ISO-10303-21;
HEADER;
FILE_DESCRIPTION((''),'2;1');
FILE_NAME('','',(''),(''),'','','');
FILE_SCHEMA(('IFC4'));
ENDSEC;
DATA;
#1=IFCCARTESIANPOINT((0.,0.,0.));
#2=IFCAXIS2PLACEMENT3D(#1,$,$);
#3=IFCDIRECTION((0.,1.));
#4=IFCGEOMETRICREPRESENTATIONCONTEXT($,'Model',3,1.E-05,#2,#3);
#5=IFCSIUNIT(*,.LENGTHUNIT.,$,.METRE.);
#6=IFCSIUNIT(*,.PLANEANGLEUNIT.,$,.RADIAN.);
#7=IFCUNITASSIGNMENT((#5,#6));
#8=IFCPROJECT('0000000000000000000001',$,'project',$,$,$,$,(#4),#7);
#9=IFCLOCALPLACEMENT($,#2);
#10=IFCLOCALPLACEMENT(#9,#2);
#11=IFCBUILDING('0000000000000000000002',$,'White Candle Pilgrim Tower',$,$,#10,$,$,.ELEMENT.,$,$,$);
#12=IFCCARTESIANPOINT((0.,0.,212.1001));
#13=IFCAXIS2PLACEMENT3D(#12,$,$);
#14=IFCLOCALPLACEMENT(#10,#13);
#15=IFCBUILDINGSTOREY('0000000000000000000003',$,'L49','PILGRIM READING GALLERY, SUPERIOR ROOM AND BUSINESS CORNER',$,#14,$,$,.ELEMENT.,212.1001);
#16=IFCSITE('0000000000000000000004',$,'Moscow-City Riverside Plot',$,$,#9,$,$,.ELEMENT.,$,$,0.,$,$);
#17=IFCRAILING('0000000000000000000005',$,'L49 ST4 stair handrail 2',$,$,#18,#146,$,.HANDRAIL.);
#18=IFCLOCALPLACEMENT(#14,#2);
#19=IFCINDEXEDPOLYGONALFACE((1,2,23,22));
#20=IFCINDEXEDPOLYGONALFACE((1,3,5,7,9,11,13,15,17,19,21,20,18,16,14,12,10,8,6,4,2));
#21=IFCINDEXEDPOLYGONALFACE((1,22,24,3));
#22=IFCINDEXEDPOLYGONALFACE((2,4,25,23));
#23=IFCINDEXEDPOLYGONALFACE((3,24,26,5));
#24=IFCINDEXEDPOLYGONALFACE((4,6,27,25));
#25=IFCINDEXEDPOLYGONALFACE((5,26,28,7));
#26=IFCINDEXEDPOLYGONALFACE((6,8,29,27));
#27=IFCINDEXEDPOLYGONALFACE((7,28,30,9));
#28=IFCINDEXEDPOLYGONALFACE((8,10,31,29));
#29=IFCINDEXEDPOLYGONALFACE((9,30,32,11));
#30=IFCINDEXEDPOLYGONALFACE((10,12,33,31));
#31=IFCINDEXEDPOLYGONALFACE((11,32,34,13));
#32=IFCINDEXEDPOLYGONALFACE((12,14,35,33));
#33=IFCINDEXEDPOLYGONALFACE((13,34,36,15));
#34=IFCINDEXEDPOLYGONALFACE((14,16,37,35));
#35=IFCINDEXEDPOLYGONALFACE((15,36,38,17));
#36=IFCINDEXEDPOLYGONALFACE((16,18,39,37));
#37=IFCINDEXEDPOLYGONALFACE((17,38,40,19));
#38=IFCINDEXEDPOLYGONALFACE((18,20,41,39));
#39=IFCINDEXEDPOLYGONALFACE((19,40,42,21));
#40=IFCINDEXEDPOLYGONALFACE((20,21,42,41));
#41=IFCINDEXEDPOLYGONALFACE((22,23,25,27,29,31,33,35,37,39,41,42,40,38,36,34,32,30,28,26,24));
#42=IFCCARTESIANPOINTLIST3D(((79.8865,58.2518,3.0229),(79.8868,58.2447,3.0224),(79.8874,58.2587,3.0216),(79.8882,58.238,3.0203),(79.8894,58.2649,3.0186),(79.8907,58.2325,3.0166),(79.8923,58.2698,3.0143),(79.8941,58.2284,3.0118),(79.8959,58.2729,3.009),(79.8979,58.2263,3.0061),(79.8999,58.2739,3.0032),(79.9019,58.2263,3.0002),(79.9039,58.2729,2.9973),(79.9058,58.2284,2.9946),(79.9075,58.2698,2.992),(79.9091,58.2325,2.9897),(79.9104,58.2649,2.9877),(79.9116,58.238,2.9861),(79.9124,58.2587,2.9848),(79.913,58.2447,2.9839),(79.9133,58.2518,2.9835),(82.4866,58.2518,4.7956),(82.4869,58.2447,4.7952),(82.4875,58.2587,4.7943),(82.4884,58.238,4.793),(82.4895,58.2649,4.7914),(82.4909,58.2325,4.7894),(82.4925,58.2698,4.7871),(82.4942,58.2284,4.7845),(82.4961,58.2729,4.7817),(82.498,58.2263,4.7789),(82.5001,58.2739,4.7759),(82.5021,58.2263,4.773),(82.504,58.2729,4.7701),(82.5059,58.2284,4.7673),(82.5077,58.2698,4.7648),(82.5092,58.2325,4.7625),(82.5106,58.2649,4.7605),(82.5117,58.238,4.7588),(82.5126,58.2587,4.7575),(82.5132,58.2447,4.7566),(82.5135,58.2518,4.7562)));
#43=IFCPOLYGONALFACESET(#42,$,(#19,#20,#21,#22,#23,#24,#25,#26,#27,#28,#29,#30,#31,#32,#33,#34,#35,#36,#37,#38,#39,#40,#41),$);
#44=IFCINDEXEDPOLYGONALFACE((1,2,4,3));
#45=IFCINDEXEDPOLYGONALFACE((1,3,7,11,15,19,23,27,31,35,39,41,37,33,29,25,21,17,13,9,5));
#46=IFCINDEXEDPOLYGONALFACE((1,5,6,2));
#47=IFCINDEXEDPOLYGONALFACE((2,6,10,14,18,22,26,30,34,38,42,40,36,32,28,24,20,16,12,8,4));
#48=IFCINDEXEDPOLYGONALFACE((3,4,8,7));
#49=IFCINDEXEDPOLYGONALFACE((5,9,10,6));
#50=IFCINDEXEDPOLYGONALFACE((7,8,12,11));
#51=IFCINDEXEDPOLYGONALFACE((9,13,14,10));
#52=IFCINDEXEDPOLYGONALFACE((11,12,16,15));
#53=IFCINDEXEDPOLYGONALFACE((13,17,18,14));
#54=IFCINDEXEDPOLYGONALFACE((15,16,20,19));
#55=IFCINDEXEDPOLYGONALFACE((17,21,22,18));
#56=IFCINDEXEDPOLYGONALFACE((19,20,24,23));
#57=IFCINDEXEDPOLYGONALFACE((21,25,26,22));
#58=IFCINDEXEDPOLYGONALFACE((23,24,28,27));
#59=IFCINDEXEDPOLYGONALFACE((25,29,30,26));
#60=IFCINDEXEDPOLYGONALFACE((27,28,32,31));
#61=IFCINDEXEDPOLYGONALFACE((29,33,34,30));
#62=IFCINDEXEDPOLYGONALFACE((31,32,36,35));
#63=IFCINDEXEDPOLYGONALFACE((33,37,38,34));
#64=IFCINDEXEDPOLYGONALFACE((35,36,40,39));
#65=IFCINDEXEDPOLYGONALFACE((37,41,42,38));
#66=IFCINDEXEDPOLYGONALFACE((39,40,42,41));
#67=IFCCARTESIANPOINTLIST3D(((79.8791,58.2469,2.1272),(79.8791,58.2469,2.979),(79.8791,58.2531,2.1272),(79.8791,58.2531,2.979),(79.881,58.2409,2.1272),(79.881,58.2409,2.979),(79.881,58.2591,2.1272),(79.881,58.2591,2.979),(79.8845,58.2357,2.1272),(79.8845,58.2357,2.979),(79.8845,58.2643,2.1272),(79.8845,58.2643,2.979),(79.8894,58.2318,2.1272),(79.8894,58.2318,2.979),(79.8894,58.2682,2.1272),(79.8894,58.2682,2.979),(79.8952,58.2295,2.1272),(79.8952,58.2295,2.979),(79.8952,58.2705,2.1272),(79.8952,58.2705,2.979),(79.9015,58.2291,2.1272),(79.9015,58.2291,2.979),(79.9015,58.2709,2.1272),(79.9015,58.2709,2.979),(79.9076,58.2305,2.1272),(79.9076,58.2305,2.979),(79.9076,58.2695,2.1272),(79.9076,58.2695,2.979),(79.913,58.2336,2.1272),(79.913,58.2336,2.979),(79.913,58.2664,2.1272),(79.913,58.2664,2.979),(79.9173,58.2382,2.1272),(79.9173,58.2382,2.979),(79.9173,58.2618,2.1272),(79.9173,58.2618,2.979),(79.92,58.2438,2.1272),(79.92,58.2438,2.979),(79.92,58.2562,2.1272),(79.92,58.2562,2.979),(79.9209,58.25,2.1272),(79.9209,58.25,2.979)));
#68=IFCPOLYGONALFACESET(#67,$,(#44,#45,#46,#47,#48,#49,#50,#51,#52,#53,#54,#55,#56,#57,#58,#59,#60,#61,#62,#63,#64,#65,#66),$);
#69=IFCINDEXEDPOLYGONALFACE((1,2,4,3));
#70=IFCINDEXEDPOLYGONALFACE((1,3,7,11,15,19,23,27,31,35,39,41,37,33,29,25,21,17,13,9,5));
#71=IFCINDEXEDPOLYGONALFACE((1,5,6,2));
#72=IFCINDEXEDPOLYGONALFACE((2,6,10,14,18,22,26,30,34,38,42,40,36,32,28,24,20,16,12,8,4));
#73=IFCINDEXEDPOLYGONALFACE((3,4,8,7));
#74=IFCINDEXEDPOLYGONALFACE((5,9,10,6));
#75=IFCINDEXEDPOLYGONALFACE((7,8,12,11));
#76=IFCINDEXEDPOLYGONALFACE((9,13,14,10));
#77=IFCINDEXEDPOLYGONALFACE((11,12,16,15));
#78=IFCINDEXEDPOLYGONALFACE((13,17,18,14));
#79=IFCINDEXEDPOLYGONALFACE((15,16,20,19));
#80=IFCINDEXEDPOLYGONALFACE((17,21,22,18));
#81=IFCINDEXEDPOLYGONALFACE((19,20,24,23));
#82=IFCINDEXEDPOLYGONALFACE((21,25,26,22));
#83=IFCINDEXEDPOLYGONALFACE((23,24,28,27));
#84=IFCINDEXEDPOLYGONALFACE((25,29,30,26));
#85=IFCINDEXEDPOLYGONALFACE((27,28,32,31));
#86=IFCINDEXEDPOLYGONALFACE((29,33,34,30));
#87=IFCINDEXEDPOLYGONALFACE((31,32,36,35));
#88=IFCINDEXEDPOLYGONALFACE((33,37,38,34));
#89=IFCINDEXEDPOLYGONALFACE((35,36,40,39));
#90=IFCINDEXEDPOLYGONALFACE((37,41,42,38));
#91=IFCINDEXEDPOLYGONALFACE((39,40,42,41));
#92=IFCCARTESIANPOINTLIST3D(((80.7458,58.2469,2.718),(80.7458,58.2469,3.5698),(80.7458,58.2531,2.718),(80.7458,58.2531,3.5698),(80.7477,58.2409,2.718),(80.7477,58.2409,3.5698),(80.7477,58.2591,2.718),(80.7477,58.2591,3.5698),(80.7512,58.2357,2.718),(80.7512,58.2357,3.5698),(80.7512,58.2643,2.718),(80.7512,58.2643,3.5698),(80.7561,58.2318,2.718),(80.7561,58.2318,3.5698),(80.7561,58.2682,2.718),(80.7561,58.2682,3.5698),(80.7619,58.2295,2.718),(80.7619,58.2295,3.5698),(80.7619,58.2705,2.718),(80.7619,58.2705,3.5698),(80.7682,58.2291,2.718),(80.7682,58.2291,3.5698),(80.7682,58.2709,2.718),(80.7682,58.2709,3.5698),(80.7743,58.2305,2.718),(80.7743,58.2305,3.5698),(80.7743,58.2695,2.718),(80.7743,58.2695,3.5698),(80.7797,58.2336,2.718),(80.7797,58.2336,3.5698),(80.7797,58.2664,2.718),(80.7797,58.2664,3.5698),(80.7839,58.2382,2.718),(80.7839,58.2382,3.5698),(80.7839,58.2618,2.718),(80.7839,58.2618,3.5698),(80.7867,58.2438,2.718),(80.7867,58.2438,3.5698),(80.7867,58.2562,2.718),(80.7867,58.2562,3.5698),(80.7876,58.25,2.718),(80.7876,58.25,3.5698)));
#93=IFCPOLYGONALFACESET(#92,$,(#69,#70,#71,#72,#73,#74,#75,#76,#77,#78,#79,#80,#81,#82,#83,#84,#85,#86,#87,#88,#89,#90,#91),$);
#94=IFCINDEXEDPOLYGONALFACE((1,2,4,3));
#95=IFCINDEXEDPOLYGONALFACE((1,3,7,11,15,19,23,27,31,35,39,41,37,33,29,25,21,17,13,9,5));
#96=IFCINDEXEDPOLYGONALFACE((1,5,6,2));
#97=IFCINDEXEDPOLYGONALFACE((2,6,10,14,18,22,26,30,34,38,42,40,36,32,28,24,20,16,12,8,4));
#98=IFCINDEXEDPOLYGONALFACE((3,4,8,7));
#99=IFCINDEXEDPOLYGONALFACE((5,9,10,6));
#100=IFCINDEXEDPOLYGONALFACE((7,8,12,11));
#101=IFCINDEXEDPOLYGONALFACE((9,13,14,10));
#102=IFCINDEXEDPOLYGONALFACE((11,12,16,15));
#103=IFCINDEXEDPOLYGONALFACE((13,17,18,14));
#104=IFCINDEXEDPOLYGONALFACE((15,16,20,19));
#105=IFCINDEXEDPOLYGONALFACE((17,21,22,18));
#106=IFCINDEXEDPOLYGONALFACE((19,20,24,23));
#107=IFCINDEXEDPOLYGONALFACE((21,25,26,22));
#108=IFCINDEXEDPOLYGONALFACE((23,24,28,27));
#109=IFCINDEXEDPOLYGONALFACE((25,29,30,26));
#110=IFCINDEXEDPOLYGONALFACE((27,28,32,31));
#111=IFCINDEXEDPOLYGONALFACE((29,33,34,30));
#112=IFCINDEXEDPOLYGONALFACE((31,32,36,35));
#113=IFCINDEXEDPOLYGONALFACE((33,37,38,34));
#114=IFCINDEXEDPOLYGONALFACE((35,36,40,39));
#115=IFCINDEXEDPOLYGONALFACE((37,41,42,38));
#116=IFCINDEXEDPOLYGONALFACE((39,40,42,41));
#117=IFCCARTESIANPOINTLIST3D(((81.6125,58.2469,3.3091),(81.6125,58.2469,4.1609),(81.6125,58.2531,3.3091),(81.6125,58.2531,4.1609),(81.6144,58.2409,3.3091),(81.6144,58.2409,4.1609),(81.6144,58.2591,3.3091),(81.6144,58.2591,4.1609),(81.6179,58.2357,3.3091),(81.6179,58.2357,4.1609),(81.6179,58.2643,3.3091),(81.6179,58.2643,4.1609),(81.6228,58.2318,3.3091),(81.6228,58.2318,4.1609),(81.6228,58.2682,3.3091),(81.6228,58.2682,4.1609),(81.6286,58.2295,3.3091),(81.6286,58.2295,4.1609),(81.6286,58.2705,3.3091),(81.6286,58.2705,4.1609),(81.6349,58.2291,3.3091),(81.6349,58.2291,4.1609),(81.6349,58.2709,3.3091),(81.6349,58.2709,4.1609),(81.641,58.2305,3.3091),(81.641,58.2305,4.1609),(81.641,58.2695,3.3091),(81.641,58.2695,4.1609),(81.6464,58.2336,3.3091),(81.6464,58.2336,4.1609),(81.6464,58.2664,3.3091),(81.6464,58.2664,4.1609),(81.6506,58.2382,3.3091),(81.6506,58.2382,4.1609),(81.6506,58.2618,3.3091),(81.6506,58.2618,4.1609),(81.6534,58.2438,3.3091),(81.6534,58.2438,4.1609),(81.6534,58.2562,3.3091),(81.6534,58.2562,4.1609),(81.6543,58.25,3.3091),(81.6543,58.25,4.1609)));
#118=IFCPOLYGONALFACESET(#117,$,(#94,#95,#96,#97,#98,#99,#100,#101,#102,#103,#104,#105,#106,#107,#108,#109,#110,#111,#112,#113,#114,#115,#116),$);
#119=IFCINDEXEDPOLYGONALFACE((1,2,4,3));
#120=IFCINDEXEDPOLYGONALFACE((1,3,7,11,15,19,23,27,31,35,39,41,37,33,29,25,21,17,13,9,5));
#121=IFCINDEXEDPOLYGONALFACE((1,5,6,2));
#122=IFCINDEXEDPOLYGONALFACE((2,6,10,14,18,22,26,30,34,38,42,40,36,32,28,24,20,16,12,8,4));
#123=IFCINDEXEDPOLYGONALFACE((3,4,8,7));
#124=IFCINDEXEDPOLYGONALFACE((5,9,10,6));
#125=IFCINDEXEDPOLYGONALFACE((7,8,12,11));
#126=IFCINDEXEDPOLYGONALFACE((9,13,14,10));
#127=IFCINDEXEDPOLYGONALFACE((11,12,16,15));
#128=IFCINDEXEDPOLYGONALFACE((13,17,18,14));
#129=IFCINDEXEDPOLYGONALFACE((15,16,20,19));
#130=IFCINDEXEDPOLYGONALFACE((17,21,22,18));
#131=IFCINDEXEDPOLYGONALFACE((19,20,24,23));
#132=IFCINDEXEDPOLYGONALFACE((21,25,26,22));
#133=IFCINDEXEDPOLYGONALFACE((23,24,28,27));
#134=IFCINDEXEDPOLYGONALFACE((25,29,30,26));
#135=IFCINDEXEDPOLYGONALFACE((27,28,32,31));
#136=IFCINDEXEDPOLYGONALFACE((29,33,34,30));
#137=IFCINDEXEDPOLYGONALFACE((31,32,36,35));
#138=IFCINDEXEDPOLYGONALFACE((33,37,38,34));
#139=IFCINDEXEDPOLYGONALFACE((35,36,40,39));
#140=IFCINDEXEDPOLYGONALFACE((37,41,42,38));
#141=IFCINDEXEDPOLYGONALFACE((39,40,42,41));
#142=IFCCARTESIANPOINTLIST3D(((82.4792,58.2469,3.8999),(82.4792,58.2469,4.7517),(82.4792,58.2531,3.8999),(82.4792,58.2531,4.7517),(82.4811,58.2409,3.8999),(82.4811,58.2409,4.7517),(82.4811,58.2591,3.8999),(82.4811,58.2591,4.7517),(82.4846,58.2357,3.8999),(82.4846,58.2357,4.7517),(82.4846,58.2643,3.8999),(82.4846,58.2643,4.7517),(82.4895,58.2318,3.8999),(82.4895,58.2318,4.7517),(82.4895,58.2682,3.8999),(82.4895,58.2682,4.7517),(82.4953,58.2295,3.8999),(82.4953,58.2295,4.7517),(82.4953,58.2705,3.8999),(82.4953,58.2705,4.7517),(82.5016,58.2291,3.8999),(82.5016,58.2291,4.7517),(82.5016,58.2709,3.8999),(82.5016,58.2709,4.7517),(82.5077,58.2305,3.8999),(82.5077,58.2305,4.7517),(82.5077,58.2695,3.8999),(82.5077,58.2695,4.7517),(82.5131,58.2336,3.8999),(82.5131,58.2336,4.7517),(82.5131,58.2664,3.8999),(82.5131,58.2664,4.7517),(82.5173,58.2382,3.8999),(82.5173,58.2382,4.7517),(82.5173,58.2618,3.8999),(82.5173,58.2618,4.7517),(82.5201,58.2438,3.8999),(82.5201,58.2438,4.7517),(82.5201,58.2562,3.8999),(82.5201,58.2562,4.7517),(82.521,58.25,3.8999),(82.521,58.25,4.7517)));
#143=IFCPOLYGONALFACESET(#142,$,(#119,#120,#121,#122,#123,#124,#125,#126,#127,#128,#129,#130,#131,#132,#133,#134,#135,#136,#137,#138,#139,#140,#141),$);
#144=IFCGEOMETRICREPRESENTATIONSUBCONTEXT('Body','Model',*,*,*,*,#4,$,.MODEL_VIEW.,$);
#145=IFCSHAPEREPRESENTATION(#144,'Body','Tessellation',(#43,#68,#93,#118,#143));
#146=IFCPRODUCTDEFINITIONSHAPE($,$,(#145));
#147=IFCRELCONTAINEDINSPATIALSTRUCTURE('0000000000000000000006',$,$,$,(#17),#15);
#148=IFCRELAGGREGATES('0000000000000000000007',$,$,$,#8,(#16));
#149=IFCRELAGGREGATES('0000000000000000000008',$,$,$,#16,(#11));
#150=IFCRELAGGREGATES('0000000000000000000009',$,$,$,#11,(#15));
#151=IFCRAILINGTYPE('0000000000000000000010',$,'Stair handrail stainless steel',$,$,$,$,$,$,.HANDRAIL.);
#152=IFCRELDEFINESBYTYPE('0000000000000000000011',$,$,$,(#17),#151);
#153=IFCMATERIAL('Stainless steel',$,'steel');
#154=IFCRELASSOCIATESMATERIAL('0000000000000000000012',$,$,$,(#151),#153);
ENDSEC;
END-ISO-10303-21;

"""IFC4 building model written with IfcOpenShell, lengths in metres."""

from ifc_helpers import new_model, si_unit, direction, frame, origin, origin_2d, place, context, subcontext, project, spatial, circle, extrude, material, type_object, element, save


model = new_model("IFC4")

# Units and contexts
model_context = context("Model", 3, precision=1e-05, world=origin(), true_north=direction((0.0, 1.0)))
body_context = subcontext(model_context, "Body", "Model", "MODEL_VIEW")
ifc_project = project(units=[si_unit("LENGTHUNIT", "METRE"), si_unit("PLANEANGLEUNIT", "RADIAN")], contexts=[model_context])

# Site, building, storey
site_placement = place(None, origin())
site = spatial("IfcSite", under=ifc_project, at=site_placement, Name="Moscow-City Riverside Plot", CompositionType="ELEMENT", RefElevation=0.0)
building_placement = place(site_placement, origin())
building = spatial("IfcBuilding", under=site, at=building_placement, Name="White Candle Pilgrim Tower", CompositionType="ELEMENT")
storey_placement = place(building_placement, frame((0.0, 0.0, 212.1001)))
storey = spatial("IfcBuildingStorey", under=building, at=storey_placement, Name="L49", Description="PILGRIM READING GALLERY, SUPERIOR ROOM AND BUSINESS CORNER", CompositionType="ELEMENT", Elevation=212.1001)

# Railing
ifc_material_1 = material(Name="Stainless steel", Category="steel")
railing_type_1 = type_object("IfcRailingType", Name="Stair handrail stainless steel", PredefinedType="HANDRAIL", material=ifc_material_1)
railing_1_placement = place(storey_placement, frame((79.8999, 58.25, 2.1272)))
element("IfcRailing", 1, at=railing_1_placement, inside=storey, type_object=railing_type_1, Name="L49 ST4 stair handrail 2", PredefinedType="HANDRAIL", context=body_context, shape_type="SweptSolid", body=[
    extrude(circle(Radius=0.0239, at=origin_2d()), frame((0.0, 0.0, 0.876), z_axis=(0.82624, 0.0, 0.563318), x_axis=(0.0, 1.0, 0.0)), (0.0, 0.0, 1.0), 3.147),
    extrude(circle(Radius=0.021, at=origin_2d()), origin(), (0.0, 0.0, 1.0), 0.8518),
    extrude(circle(Radius=0.021, at=origin_2d()), frame((0.8667, 0.0, 0.5908)), (0.0, 0.0, 1.0), 0.8518),
    extrude(circle(Radius=0.021, at=origin_2d()), frame((1.7334, 0.0, 1.1819)), (0.0, 0.0, 1.0), 0.8518),
    extrude(circle(Radius=0.021, at=origin_2d()), frame((2.6001, 0.0, 1.7727)), (0.0, 0.0, 1.0), 0.8518),
])

save(model, "model.ifc")
